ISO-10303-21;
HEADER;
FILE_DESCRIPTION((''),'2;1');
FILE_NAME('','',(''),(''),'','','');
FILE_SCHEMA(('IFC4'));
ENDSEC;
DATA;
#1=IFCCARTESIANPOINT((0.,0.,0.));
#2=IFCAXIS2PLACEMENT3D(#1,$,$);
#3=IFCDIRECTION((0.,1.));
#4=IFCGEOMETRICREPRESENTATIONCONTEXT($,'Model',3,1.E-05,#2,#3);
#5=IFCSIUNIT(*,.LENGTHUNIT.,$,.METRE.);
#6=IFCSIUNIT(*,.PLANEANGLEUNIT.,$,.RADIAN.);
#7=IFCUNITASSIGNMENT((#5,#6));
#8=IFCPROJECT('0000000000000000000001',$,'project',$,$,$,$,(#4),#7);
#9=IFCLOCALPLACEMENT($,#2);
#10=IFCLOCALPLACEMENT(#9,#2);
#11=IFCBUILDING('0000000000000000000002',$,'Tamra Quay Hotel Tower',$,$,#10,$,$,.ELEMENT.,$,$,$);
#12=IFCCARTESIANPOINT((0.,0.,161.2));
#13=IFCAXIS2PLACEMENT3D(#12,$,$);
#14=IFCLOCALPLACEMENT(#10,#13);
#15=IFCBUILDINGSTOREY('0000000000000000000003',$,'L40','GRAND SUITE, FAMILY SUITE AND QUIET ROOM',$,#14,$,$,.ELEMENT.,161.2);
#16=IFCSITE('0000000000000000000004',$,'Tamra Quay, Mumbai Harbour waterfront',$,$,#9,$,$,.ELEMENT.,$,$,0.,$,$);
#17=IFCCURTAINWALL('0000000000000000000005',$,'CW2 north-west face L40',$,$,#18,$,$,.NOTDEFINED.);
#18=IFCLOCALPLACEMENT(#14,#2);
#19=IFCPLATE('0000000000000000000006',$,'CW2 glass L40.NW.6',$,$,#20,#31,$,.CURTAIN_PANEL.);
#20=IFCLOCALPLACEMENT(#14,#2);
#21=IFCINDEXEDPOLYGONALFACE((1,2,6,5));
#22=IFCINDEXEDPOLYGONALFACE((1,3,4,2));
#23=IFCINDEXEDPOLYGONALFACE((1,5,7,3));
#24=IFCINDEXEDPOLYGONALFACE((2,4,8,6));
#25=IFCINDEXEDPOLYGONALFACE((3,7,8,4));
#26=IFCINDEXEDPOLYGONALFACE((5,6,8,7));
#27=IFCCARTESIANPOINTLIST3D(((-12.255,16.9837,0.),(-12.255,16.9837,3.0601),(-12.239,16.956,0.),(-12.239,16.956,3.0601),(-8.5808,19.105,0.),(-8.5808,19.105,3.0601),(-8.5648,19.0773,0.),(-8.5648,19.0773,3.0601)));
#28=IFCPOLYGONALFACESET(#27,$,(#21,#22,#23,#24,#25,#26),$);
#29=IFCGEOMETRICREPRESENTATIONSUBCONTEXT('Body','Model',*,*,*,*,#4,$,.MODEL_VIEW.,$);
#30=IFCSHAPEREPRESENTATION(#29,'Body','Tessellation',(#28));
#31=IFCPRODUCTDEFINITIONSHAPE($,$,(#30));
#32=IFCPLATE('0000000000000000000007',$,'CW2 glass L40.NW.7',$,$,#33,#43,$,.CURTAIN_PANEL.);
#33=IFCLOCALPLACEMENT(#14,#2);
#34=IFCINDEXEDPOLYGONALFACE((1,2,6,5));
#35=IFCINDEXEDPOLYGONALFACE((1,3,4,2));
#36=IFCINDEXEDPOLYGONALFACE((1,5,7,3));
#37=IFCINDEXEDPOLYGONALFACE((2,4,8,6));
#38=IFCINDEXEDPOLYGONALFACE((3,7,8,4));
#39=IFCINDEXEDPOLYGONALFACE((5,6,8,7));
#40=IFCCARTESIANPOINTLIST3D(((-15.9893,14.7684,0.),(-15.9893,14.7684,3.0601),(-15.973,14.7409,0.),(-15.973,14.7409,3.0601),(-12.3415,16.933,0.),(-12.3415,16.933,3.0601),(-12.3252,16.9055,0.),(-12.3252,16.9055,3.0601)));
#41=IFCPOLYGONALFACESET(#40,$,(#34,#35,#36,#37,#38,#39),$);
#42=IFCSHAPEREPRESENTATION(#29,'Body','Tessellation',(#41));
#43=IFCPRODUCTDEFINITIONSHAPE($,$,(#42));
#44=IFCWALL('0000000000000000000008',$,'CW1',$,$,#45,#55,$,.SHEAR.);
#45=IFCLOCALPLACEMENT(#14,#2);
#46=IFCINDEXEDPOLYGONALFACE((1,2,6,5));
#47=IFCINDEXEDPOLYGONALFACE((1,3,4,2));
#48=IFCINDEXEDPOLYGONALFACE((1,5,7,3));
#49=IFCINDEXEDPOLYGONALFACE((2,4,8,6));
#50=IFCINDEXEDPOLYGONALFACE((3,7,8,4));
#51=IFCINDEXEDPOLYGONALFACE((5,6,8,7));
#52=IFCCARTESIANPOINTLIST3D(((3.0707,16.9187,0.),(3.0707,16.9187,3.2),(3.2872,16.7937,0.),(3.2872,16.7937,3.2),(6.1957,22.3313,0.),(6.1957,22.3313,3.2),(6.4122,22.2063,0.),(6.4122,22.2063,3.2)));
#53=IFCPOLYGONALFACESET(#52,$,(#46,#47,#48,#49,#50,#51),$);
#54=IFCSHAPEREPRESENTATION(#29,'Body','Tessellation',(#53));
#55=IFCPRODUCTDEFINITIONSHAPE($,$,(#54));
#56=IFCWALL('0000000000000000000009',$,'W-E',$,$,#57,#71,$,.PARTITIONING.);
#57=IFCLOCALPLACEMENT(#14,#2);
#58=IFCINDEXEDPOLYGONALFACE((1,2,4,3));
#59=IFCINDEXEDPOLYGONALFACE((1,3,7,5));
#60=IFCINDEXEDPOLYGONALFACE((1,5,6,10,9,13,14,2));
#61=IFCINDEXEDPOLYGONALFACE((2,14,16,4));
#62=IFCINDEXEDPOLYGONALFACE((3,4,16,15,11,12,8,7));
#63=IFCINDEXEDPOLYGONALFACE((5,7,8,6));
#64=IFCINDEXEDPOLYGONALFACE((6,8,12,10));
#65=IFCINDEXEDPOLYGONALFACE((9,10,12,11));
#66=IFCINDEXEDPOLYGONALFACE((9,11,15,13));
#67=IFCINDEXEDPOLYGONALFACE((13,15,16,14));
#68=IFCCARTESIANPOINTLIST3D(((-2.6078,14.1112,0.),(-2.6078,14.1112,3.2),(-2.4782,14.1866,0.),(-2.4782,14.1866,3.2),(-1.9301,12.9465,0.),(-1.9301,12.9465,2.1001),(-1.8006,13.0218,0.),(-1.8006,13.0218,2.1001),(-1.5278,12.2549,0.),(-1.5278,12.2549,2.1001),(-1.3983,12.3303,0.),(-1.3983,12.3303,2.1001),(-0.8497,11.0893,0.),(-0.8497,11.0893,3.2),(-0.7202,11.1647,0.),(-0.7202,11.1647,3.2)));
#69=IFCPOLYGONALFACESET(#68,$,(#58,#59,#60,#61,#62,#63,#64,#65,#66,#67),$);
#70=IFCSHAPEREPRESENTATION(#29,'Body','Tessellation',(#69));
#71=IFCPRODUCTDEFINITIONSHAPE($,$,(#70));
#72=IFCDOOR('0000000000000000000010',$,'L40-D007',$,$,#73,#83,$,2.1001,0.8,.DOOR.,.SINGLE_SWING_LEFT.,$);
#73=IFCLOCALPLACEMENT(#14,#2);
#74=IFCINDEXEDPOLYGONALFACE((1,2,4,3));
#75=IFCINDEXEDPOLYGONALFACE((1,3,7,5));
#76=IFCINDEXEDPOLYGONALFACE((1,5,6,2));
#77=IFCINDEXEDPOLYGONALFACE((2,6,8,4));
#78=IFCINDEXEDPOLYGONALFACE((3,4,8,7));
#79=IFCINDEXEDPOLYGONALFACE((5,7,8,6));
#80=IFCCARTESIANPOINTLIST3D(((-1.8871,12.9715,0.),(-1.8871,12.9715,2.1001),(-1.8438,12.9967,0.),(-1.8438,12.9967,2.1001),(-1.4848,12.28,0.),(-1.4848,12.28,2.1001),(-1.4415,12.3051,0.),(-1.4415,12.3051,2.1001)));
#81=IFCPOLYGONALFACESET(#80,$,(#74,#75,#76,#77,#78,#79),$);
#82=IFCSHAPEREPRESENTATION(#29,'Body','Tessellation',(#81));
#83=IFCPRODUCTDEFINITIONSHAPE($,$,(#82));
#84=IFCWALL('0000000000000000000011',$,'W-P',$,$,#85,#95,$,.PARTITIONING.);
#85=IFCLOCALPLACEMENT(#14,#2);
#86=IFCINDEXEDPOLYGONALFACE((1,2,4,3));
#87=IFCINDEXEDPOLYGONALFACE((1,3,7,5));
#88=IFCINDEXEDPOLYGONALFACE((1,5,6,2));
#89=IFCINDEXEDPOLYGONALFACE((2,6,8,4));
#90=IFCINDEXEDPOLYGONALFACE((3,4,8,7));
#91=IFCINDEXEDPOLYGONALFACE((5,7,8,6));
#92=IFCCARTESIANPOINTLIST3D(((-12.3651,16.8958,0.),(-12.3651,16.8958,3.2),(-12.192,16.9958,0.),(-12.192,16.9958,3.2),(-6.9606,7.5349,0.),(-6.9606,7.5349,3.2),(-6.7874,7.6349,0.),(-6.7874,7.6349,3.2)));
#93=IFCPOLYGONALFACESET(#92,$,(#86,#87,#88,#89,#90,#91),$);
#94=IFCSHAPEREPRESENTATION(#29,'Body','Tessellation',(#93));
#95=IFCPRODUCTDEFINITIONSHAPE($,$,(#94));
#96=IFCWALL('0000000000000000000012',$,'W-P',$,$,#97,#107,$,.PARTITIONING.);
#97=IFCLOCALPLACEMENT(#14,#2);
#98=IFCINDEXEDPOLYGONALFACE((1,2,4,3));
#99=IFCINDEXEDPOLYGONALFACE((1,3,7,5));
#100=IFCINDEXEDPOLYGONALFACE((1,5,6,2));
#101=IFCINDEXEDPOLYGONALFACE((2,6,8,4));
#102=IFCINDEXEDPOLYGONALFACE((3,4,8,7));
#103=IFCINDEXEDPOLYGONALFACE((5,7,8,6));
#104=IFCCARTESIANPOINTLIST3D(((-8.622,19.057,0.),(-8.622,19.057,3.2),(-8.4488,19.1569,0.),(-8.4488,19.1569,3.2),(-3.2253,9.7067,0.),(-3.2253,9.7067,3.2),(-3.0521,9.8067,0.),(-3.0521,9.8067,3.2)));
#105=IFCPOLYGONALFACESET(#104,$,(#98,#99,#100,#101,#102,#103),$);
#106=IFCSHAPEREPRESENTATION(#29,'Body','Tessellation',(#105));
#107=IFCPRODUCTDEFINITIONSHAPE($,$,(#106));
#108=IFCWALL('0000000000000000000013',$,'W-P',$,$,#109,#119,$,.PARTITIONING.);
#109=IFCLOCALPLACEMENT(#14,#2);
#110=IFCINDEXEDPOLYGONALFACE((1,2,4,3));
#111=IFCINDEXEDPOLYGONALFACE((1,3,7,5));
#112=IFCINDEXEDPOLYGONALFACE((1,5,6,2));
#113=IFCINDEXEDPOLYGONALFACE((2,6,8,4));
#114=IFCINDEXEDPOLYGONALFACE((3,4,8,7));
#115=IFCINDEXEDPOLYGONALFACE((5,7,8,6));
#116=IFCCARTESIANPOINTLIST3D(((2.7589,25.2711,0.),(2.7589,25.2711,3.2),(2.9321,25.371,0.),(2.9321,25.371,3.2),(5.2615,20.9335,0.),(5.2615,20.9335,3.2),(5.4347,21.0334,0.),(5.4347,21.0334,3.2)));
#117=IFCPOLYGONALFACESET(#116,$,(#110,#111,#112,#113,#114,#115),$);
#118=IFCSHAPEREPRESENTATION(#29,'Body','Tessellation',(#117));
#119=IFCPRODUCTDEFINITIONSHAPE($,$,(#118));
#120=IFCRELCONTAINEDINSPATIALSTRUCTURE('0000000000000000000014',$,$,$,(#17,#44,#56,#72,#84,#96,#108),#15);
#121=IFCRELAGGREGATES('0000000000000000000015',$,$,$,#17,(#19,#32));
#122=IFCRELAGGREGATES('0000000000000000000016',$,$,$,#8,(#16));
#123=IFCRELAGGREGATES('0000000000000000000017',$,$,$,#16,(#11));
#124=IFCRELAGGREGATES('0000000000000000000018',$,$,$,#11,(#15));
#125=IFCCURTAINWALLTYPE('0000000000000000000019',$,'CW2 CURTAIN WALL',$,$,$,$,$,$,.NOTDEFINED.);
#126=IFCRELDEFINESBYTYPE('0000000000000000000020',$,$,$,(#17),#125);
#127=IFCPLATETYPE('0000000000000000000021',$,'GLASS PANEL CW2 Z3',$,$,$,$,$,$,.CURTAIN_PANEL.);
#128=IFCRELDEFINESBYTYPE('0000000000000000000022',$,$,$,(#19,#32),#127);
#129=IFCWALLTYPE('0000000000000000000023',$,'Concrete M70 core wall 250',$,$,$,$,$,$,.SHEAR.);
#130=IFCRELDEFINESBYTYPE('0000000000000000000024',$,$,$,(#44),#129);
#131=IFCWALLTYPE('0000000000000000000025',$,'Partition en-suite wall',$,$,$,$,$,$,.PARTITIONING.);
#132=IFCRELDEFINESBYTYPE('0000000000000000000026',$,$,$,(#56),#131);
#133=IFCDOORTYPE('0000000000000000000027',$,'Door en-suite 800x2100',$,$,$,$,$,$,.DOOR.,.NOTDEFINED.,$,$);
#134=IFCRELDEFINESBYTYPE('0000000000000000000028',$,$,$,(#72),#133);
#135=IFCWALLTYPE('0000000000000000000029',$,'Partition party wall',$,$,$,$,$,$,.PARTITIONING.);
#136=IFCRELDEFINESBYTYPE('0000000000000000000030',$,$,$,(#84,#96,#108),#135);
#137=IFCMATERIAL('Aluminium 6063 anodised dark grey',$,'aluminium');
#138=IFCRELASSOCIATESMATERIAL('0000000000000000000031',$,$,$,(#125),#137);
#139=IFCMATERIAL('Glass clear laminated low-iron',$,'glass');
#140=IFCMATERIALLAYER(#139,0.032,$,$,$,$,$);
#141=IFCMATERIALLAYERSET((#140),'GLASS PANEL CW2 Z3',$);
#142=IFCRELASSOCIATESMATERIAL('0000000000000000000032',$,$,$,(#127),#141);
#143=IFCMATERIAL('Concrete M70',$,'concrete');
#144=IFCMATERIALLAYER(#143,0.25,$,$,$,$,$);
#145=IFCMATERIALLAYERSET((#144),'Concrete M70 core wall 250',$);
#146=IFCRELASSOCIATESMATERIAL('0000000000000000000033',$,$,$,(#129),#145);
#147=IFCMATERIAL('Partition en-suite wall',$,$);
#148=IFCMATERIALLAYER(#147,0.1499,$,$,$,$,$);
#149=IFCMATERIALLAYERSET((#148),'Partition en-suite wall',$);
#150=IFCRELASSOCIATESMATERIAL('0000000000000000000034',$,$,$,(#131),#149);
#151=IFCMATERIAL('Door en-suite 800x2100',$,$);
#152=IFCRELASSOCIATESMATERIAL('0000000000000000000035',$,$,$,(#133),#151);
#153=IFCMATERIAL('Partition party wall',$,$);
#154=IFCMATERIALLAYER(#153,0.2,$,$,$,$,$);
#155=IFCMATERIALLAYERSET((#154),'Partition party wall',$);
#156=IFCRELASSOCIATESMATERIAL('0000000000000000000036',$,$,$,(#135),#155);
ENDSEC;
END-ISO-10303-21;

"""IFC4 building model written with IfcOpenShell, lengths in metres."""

from ifc_helpers import new_model, si_unit, direction, frame, frame_2d, origin, origin_2d, place, context, subcontext, project, spatial, rectangle, extrude, material, layer, layer_set, type_object, element, fill, aggregate, save


model = new_model("IFC4")

# Units and contexts
model_context = context("Model", 3, precision=1e-05, world=origin(), true_north=direction((0.0, 1.0)))
body_context = subcontext(model_context, "Body", "Model", "MODEL_VIEW")
ifc_project = project(units=[si_unit("LENGTHUNIT", "METRE"), si_unit("PLANEANGLEUNIT", "RADIAN")], contexts=[model_context])

# Site, building, storey
site_placement = place(None, origin())
site = spatial("IfcSite", under=ifc_project, at=site_placement, Name="Tamra Quay, Mumbai Harbour waterfront", CompositionType="ELEMENT", RefElevation=0.0)
building_placement = place(site_placement, origin())
building = spatial("IfcBuilding", under=site, at=building_placement, Name="Tamra Quay Hotel Tower", CompositionType="ELEMENT")
storey_placement = place(building_placement, frame((0.0, 0.0, 161.2)))
storey = spatial("IfcBuildingStorey", under=building, at=storey_placement, Name="L40", Description="GRAND SUITE, FAMILY SUITE AND QUIET ROOM", CompositionType="ELEMENT", Elevation=161.2)

# Shared definitions
ifc_material_1 = material(Name="Concrete M70", Category="concrete")

# Curtain wall, plates
ifc_material_2 = material(Name="Aluminium 6063 anodised dark grey", Category="aluminium")
curtain_wall_type = type_object("IfcCurtainWallType", Name="CW2 CURTAIN WALL", PredefinedType="NOTDEFINED", material=ifc_material_2)
curtain_wall_placement = place(storey_placement, origin())
curtain_wall = element("IfcCurtainWall", 1, at=curtain_wall_placement, inside=storey, type_object=curtain_wall_type, Name="CW2 north-west face L40", PredefinedType="NOTDEFINED")
ifc_material_3 = material(Name="Glass clear laminated low-iron", Category="glass")
ifc_layer_1 = layer(ifc_material_3, 0.032)
ifc_layer_set_1 = layer_set([ifc_layer_1], Name="GLASS PANEL CW2 Z3")
plate_type = type_object("IfcPlateType", Name="GLASS PANEL CW2 Z3", PredefinedType="CURTAIN_PANEL", material=ifc_layer_set_1)
plate_1_placement = place(storey_placement, frame((-10.4099, 18.0305, 0.0), z_axis=(0.0, 0.0, 1.0), x_axis=(-0.866025, -0.5, 0.0)))
plate_1 = element("IfcPlate", 2, at=plate_1_placement, type_object=plate_type, Name="CW2 glass L40.NW.6", PredefinedType="CURTAIN_PANEL", context=body_context, shape_type="SweptSolid", body=[
    extrude(rectangle(XDim=4.2427, YDim=0.032, at=origin_2d()), origin(), (0.0, 0.0, 1.0), 3.0601),
])
plate_2_placement = place(storey_placement, frame((-14.1572, 15.8369, 0.0), z_axis=(0.0, 0.0, 1.0), x_axis=(-0.859985, -0.510319, 0.0)))
plate_2 = element("IfcPlate", 3, at=plate_2_placement, type_object=plate_type, Name="CW2 glass L40.NW.7", PredefinedType="CURTAIN_PANEL", context=body_context, shape_type="SweptSolid", body=[
    extrude(rectangle(XDim=4.2417, YDim=0.032, at=origin_2d()), origin(), (0.0, 0.0, 1.0), 3.0601),
])
aggregate(curtain_wall, [plate_1, plate_2])

# Wall
ifc_layer_2 = layer(ifc_material_1, 0.25)
ifc_layer_set_2 = layer_set([ifc_layer_2], Name="Concrete M70 core wall 250")
wall_type_1 = type_object("IfcWallType", Name="Concrete M70 core wall 250", PredefinedType="SHEAR", material=ifc_layer_set_2)
wall_1_placement = place(storey_placement, frame((3.179, 16.8562, 0.0), z_axis=(0.0, 0.0, 1.0), x_axis=(0.500004, 0.866023, 0.0)))
element("IfcWall", 4, at=wall_1_placement, inside=storey, type_object=wall_type_1, Name="CW1", PredefinedType="SHEAR", context=body_context, shape_type="SweptSolid", body=[
    extrude(rectangle(XDim=6.25, YDim=0.25, at=frame_2d((3.125, 0.0))), origin(), (0.0, 0.0, 1.0), 3.2),
])

# Wall, opening, door
ifc_material_4 = material(Name="Partition en-suite wall")
ifc_layer_3 = layer(ifc_material_4, 0.1499)
ifc_layer_set_3 = layer_set([ifc_layer_3], Name="Partition en-suite wall")
wall_type_2 = type_object("IfcWallType", Name="Partition en-suite wall", PredefinedType="PARTITIONING", material=ifc_layer_set_3)
wall_2_placement = place(storey_placement, frame((-2.543, 14.1489, 0.0), z_axis=(0.0, 0.0, 1.0), x_axis=(0.502855, -0.864371, 0.0)))
wall_2 = element("IfcWall", 5, at=wall_2_placement, inside=storey, type_object=wall_type_2, Name="W-E", PredefinedType="PARTITIONING", context=body_context, shape_type="SweptSolid", body=[
    extrude(rectangle(XDim=3.4961, YDim=0.1499, at=frame_2d((1.748, 0.0))), origin(), (0.0, 0.0, 1.0), 3.2),
])
opening_placement = place(wall_2_placement, frame((1.3477, 0.0, 0.0)))
opening = element("IfcOpeningElement", 6, at=opening_placement, cuts=wall_2, PredefinedType="OPENING", context=body_context, shape_type="SweptSolid", body=[
    extrude(rectangle(XDim=0.8, YDim=2.1001, at=frame_2d((0.3999, 1.05))), frame((0.0, 0.085, 0.0), z_axis=(0.0, -1.0, 0.0), x_axis=(1.0, 0.0, 0.0)), (0.0, 0.0, 1.0), 0.1699),
])
ifc_material_5 = material(Name="Door en-suite 800x2100")
door_type = type_object("IfcDoorType", Name="Door en-suite 800x2100", OperationType="NOTDEFINED", PredefinedType="DOOR", material=ifc_material_5)
door_placement = place(opening_placement, origin())
door = element("IfcDoor", 7, at=door_placement, inside=storey, type_object=door_type, Name="L40-D007", OperationType="SINGLE_SWING_LEFT", OverallHeight=2.1001, OverallWidth=0.8, PredefinedType="DOOR", context=body_context, shape_type="SweptSolid", body=[
    extrude(rectangle(XDim=0.8, YDim=2.1001, at=frame_2d((0.3999, 1.05))), frame((0.0, 0.0249, 0.0), z_axis=(0.0, -1.0, 0.0), x_axis=(1.0, 0.0, 0.0)), (0.0, 0.0, 1.0), 0.05),
])
fill(opening, door)

# Walls
ifc_material_6 = material(Name="Partition party wall")
ifc_layer_4 = layer(ifc_material_6, 0.2)
ifc_layer_set_4 = layer_set([ifc_layer_4], Name="Partition party wall")
wall_type_3 = type_object("IfcWallType", Name="Partition party wall", PredefinedType="PARTITIONING", material=ifc_layer_set_4)
wall_3_placement = place(storey_placement, frame((-12.2786, 16.9458, 0.0), z_axis=(0.0, 0.0, 1.0), x_axis=(0.500004, -0.866023, 0.0)))
element("IfcWall", 8, at=wall_3_placement, inside=storey, type_object=wall_type_3, Name="W-P", PredefinedType="PARTITIONING", context=body_context, shape_type="SweptSolid", body=[
    extrude(rectangle(XDim=10.8091, YDim=0.2, at=frame_2d((5.4045, 0.0))), origin(), (0.0, 0.0, 1.0), 3.2),
])
wall_4_placement = place(storey_placement, frame((-8.5354, 19.1069, 0.0), z_axis=(0.0, 0.0, 1.0), x_axis=(0.499882, -0.866093, 0.0)))
element("IfcWall", 9, at=wall_4_placement, inside=storey, type_object=wall_type_3, Name="W-P", PredefinedType="PARTITIONING", context=body_context, shape_type="SweptSolid", body=[
    extrude(rectangle(XDim=10.7959, YDim=0.2, at=frame_2d((5.3979, 0.0))), origin(), (0.0, 0.0, 1.0), 3.2),
])
wall_5_placement = place(storey_placement, frame((2.8455, 25.321, 0.0), z_axis=(0.0, 0.0, 1.0), x_axis=(0.499752, -0.866169, 0.0)))
element("IfcWall", 10, at=wall_5_placement, inside=storey, type_object=wall_type_3, Name="W-P", PredefinedType="PARTITIONING", context=body_context, shape_type="SweptSolid", body=[
    extrude(rectangle(XDim=5.0078, YDim=0.2, at=frame_2d((2.5039, 0.0))), origin(), (0.0, 0.0, 1.0), 3.2),
])

save(model, "model.ifc")
